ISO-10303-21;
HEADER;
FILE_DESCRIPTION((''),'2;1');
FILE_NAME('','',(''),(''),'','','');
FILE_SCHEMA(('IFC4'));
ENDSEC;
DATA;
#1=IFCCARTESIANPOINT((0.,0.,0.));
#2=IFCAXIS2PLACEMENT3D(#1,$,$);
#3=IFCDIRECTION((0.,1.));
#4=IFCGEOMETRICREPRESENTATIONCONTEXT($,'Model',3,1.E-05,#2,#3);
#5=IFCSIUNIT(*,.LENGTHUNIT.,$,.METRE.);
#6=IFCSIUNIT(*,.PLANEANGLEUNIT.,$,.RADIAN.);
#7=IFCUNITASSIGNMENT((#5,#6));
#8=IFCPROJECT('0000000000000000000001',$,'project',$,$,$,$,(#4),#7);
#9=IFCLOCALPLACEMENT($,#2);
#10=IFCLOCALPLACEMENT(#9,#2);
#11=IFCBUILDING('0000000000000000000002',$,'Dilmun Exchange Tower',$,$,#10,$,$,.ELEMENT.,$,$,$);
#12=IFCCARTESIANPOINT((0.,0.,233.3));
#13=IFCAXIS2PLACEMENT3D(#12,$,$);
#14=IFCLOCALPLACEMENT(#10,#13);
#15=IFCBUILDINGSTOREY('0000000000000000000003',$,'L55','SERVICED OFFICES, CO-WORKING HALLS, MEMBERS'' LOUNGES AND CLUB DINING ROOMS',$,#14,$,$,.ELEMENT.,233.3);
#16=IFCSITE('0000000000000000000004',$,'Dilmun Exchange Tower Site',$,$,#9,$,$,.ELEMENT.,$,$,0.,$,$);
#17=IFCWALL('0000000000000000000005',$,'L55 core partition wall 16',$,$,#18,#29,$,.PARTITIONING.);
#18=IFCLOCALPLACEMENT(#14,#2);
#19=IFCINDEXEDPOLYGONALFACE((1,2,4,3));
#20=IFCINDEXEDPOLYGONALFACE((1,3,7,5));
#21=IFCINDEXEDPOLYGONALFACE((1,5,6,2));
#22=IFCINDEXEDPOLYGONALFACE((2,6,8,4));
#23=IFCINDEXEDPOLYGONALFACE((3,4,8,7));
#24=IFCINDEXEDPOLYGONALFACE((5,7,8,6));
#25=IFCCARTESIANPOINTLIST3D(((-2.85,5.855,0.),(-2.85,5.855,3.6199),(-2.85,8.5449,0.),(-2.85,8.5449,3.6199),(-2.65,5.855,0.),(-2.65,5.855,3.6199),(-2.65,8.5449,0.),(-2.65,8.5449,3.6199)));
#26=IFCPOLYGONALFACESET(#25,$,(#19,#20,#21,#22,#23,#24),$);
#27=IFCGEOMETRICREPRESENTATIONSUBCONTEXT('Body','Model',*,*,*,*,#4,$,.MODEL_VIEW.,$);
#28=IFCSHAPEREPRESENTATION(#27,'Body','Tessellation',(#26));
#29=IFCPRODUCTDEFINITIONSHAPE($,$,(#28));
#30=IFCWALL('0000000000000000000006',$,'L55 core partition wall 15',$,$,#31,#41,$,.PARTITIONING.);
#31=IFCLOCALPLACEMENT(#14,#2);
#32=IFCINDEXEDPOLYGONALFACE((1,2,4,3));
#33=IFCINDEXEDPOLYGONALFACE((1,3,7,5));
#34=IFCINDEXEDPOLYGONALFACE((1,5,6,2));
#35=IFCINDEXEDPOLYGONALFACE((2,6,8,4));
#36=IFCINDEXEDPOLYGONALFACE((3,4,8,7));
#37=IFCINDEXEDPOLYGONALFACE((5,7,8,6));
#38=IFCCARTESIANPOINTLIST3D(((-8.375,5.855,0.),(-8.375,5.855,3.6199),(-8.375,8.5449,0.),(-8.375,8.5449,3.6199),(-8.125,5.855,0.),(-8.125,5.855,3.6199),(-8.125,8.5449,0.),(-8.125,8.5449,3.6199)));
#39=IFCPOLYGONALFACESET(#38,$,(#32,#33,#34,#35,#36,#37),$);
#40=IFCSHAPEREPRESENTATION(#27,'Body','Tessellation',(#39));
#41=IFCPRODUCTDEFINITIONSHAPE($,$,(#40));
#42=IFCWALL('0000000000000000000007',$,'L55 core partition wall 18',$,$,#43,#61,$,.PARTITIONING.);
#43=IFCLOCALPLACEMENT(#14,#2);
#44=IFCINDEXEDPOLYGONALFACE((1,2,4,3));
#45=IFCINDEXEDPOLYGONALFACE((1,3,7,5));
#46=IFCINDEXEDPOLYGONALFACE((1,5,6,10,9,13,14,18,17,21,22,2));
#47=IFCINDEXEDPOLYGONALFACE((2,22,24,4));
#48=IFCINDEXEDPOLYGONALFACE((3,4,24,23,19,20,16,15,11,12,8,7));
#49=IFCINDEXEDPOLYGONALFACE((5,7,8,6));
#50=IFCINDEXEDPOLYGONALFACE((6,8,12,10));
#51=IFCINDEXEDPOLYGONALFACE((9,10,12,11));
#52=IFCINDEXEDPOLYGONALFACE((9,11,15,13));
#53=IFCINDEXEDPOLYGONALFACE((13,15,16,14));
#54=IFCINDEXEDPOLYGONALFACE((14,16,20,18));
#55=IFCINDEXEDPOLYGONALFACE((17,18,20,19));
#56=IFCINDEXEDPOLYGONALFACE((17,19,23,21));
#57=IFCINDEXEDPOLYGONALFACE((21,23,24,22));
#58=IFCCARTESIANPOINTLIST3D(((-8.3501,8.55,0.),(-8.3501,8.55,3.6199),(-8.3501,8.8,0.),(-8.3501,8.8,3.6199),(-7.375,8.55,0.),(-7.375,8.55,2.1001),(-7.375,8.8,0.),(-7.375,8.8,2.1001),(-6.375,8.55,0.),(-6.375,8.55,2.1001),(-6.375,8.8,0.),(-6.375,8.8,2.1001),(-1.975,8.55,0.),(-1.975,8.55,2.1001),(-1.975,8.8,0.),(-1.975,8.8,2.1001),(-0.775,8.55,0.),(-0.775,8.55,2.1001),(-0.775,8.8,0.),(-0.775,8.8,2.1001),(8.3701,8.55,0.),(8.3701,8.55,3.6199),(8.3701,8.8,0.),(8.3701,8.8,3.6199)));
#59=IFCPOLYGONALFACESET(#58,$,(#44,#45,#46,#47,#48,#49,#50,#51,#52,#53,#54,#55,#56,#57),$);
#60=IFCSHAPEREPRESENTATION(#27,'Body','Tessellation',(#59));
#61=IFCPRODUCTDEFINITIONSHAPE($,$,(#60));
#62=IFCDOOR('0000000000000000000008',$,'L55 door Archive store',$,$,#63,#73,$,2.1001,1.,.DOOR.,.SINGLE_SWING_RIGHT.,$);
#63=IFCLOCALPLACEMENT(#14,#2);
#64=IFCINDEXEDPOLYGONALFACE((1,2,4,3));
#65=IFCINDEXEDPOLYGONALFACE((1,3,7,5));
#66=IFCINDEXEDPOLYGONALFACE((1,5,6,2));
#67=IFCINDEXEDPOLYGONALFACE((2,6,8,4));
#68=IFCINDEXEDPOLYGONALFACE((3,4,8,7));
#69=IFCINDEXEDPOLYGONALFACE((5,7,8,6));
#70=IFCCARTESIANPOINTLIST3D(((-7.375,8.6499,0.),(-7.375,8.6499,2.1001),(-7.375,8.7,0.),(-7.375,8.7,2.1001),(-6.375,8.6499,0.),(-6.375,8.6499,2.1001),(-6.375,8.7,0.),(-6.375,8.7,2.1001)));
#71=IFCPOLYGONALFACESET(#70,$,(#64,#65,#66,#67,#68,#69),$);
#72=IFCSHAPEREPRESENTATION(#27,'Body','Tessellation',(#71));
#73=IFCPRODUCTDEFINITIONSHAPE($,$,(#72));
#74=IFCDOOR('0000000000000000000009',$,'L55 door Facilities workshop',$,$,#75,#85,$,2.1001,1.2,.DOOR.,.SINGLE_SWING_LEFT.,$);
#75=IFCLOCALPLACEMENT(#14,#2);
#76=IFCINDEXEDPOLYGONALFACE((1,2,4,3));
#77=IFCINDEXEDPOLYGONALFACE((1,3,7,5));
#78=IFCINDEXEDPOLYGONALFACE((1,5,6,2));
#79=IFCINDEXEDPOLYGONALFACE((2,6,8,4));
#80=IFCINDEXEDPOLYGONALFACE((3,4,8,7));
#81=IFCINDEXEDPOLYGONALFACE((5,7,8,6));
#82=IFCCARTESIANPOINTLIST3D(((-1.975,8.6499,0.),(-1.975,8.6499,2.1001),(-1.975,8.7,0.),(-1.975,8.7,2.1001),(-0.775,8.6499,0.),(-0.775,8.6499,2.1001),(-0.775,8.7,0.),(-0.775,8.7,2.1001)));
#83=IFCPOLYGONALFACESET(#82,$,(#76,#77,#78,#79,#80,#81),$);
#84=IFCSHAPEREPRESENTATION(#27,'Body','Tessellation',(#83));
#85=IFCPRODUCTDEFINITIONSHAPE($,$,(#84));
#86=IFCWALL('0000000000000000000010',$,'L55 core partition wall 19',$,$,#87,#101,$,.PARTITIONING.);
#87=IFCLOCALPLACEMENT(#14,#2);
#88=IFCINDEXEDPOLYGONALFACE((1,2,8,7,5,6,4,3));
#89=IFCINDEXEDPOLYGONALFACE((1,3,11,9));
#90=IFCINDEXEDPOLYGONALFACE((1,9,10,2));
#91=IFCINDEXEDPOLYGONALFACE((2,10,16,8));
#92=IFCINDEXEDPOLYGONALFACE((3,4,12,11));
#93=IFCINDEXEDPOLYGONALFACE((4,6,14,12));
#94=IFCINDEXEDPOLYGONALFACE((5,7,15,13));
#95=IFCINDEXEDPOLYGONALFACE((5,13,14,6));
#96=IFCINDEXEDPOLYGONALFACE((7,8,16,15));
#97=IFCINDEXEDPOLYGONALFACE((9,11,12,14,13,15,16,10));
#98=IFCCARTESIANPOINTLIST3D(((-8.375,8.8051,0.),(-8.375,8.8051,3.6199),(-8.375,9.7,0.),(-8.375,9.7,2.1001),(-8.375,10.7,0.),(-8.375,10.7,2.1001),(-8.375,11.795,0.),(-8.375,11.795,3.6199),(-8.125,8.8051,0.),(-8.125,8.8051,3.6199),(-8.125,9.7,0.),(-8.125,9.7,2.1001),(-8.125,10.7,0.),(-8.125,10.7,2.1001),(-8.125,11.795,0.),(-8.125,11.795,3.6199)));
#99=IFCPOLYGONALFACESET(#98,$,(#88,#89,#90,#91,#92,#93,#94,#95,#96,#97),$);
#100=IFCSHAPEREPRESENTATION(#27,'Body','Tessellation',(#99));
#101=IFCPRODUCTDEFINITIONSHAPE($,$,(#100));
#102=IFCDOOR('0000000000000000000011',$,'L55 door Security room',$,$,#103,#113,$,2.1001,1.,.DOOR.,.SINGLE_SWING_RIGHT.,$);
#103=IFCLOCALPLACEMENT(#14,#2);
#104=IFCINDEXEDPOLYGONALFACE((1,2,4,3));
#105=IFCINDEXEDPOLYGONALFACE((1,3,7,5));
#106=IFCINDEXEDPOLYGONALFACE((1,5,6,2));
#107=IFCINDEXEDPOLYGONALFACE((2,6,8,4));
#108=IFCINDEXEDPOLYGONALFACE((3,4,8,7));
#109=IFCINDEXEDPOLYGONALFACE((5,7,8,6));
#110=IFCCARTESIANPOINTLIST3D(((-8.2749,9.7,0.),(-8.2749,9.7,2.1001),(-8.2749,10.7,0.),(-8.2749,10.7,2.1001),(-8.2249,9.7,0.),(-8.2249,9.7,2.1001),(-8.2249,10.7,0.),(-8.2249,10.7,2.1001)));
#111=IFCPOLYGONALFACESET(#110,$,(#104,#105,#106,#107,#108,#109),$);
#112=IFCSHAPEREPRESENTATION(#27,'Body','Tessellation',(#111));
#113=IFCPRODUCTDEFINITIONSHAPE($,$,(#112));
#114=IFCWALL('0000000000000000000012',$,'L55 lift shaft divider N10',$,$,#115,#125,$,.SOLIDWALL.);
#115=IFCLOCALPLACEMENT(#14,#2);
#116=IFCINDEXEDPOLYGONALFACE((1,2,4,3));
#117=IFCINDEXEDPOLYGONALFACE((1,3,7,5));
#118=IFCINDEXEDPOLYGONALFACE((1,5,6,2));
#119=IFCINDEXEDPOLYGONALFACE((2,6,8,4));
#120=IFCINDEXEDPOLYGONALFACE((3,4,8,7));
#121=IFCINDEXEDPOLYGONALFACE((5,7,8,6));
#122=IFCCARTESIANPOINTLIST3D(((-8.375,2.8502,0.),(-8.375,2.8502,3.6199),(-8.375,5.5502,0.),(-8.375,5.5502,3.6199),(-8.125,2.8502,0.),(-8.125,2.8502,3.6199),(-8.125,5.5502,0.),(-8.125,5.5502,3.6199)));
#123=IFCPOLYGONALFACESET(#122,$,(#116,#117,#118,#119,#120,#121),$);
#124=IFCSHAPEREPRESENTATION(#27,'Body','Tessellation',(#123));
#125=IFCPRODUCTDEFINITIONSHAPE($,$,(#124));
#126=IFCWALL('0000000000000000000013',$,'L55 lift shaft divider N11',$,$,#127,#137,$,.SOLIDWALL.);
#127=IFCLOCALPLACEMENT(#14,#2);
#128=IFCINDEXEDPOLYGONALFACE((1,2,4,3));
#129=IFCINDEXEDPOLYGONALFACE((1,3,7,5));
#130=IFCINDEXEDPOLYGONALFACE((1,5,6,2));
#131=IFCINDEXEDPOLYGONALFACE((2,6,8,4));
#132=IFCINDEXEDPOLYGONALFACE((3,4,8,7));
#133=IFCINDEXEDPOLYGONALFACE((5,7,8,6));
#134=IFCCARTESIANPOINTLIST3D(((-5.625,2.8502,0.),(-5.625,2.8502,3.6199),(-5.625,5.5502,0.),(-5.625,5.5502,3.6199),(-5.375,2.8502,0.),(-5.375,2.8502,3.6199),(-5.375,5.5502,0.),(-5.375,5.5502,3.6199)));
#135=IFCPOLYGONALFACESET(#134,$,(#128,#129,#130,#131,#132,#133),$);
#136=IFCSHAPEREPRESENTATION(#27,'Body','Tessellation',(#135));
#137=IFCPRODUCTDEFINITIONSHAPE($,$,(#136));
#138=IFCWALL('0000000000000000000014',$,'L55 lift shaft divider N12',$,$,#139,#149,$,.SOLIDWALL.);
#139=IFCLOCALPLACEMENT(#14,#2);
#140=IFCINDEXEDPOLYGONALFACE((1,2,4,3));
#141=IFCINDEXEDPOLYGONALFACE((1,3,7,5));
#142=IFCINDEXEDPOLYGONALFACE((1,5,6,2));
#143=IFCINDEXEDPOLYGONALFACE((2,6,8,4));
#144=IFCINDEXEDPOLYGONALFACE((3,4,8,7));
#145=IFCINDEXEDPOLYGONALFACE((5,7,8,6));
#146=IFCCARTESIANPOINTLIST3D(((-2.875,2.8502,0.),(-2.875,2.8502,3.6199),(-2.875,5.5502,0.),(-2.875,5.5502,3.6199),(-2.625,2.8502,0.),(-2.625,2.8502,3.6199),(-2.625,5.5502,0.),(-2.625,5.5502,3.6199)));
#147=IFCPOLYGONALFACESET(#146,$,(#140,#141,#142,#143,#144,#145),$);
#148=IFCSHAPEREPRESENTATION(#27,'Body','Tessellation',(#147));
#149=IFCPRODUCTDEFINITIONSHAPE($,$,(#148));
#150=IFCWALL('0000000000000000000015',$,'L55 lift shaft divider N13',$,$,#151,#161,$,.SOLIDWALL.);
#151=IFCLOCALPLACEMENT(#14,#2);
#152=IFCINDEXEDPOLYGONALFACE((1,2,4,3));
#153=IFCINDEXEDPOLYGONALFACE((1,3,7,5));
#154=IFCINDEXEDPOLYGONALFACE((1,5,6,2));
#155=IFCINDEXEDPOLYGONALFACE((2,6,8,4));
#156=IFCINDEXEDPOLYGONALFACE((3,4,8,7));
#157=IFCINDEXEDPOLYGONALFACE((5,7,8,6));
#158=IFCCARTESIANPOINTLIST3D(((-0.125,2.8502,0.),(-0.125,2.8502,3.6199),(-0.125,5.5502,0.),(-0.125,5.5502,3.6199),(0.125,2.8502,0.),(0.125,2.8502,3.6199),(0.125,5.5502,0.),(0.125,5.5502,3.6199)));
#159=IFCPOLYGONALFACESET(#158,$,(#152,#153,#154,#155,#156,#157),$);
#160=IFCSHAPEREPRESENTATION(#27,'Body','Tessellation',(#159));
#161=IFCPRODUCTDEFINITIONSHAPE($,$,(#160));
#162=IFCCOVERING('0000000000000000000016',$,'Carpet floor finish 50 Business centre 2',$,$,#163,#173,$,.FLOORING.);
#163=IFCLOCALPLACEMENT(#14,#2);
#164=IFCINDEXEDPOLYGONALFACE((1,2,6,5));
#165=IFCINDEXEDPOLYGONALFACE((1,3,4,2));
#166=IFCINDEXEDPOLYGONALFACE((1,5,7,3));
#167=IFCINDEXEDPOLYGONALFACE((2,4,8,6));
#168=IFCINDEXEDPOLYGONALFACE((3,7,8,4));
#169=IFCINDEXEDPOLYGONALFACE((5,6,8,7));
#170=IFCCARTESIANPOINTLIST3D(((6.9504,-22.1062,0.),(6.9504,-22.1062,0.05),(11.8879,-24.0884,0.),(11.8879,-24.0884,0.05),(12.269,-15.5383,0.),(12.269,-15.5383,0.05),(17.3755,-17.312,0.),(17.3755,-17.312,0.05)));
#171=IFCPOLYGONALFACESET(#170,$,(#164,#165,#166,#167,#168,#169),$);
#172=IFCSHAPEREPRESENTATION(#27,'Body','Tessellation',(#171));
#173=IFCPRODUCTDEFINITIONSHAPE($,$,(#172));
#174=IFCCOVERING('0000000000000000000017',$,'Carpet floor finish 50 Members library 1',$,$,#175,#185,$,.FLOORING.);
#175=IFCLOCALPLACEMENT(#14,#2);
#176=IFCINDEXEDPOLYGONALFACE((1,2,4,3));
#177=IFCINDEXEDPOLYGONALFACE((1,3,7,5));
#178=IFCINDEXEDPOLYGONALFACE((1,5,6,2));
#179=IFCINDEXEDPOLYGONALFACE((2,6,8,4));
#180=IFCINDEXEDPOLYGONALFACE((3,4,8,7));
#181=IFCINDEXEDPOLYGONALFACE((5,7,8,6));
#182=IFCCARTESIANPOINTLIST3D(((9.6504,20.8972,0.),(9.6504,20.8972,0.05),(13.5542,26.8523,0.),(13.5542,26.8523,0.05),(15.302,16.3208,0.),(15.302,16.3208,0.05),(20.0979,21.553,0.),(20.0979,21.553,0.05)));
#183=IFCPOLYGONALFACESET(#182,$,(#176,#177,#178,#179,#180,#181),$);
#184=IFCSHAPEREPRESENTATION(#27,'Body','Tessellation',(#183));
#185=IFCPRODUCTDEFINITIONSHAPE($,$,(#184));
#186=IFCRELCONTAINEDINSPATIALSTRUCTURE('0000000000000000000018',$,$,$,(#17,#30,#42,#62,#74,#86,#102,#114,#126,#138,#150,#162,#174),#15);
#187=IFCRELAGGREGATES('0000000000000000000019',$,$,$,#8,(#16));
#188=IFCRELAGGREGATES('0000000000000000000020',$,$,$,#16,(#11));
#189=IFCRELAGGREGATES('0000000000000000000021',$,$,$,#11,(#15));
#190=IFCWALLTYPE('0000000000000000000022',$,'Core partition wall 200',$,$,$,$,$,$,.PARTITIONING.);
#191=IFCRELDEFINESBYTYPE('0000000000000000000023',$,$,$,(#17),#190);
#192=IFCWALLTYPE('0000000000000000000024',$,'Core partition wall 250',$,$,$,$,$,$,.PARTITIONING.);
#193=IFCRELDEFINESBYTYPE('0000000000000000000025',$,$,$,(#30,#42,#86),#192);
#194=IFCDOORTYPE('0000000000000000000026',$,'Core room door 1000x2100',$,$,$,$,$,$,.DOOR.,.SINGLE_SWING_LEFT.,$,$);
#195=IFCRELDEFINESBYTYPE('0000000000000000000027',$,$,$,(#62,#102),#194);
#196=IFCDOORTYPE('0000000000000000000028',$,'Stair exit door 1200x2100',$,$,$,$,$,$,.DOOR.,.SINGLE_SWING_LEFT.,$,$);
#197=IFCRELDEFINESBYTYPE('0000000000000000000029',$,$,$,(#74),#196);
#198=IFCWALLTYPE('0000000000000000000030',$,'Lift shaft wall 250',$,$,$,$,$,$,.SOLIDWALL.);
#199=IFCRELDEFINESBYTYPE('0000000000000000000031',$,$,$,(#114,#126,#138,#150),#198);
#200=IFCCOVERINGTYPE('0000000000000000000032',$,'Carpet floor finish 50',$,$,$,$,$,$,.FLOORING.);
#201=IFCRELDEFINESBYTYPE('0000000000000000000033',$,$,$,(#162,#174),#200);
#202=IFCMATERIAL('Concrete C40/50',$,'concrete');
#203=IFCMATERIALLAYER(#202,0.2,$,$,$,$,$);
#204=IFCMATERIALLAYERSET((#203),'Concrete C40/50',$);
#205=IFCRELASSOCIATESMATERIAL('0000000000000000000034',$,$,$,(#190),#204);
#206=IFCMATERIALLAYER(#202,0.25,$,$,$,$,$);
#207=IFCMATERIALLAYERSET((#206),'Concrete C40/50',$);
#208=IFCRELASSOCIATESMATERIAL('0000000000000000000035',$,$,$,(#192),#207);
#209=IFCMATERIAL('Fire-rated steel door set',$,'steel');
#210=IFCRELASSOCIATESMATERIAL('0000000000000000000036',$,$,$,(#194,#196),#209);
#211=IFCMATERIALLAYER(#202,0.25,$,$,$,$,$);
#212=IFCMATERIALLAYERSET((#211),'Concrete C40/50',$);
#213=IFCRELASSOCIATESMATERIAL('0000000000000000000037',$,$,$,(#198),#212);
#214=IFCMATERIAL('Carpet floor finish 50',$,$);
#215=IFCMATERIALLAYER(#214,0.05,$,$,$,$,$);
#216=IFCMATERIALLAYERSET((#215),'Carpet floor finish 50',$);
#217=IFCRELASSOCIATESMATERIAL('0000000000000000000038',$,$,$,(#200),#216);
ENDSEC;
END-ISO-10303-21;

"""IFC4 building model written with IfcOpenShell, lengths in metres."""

from ifc_helpers import new_model, si_unit, direction, frame, frame_2d, origin, place, context, subcontext, project, spatial, polyline, rectangle, outline, extrude, material, layer, layer_set, type_object, element, fill, save


model = new_model("IFC4")

# Units and contexts
model_context = context("Model", 3, precision=1e-05, world=origin(), true_north=direction((0.0, 1.0)))
body_context = subcontext(model_context, "Body", "Model", "MODEL_VIEW")
ifc_project = project(units=[si_unit("LENGTHUNIT", "METRE"), si_unit("PLANEANGLEUNIT", "RADIAN")], contexts=[model_context])

# Site, building, storey
site_placement = place(None, origin())
site = spatial("IfcSite", under=ifc_project, at=site_placement, Name="Dilmun Exchange Tower Site", CompositionType="ELEMENT", RefElevation=0.0)
building_placement = place(site_placement, origin())
building = spatial("IfcBuilding", under=site, at=building_placement, Name="Dilmun Exchange Tower", CompositionType="ELEMENT")
storey_placement = place(building_placement, frame((0.0, 0.0, 233.3)))
storey = spatial("IfcBuildingStorey", under=building, at=storey_placement, Name="L55", Description="SERVICED OFFICES, CO-WORKING HALLS, MEMBERS' LOUNGES AND CLUB DINING ROOMS", CompositionType="ELEMENT", Elevation=233.3)

# Walls
ifc_material_1 = material(Name="Concrete C40/50", Category="concrete")
ifc_layer_1 = layer(ifc_material_1, 0.2)
ifc_layer_set_1 = layer_set([ifc_layer_1], Name="Concrete C40/50")
wall_type_1 = type_object("IfcWallType", Name="Core partition wall 200", PredefinedType="PARTITIONING", material=ifc_layer_set_1)
wall_1_placement = place(storey_placement, frame((-2.75, 5.855, 0.0), z_axis=(0.0, 0.0, 1.0), x_axis=(0.0, 1.0, 0.0)))
element("IfcWall", 1, at=wall_1_placement, inside=storey, type_object=wall_type_1, Name="L55 core partition wall 16", PredefinedType="PARTITIONING", context=body_context, shape_type="SweptSolid", body=[
    extrude(rectangle(XDim=2.6899, YDim=0.2, at=frame_2d((1.345, 0.0))), origin(), (0.0, 0.0, 1.0), 3.6199),
])
ifc_layer_2 = layer(ifc_material_1, 0.25)
ifc_layer_set_2 = layer_set([ifc_layer_2], Name="Concrete C40/50")
wall_type_2 = type_object("IfcWallType", Name="Core partition wall 250", PredefinedType="PARTITIONING", material=ifc_layer_set_2)
wall_2_placement = place(storey_placement, frame((-8.25, 5.855, 0.0), z_axis=(0.0, 0.0, 1.0), x_axis=(0.0, 1.0, 0.0)))
element("IfcWall", 2, at=wall_2_placement, inside=storey, type_object=wall_type_2, Name="L55 core partition wall 15", PredefinedType="PARTITIONING", context=body_context, shape_type="SweptSolid", body=[
    extrude(rectangle(XDim=2.6899, YDim=0.25, at=frame_2d((1.345, 0.0))), origin(), (0.0, 0.0, 1.0), 3.6199),
])

# Wall, openings, doors
wall_3_placement = place(storey_placement, frame((-8.3501, 8.675, 0.0), z_axis=(0.0, 0.0, 1.0), x_axis=(1.0, 0.0, 0.0)))
wall_3 = element("IfcWall", 3, at=wall_3_placement, inside=storey, type_object=wall_type_2, Name="L55 core partition wall 18", PredefinedType="PARTITIONING", context=body_context, shape_type="SweptSolid", body=[
    extrude(rectangle(XDim=16.7202, YDim=0.25, at=frame_2d((8.3601, 0.0))), origin(), (0.0, 0.0, 1.0), 3.6199),
])
opening_1_placement = place(wall_3_placement, frame((0.9751, 0.0, 0.0)))
opening_1 = element("IfcOpeningElement", 4, at=opening_1_placement, cuts=wall_3, PredefinedType="OPENING", context=body_context, shape_type="SweptSolid", body=[
    extrude(rectangle(XDim=1.0, YDim=2.1001, at=frame_2d((0.5, 1.05))), frame((0.0, 0.135, 0.0), z_axis=(0.0, -1.0, 0.0), x_axis=(1.0, 0.0, 0.0)), (0.0, 0.0, 1.0), 0.27),
])
opening_2_placement = place(wall_3_placement, frame((6.375, 0.0, 0.0)))
opening_2 = element("IfcOpeningElement", 5, at=opening_2_placement, cuts=wall_3, PredefinedType="OPENING", context=body_context, shape_type="SweptSolid", body=[
    extrude(rectangle(XDim=1.2, YDim=2.1001, at=frame_2d((0.6001, 1.05))), frame((0.0, 0.135, 0.0), z_axis=(0.0, -1.0, 0.0), x_axis=(1.0, 0.0, 0.0)), (0.0, 0.0, 1.0), 0.27),
])
ifc_material_2 = material(Name="Fire-rated steel door set", Category="steel")
door_type_1 = type_object("IfcDoorType", Name="Core room door 1000x2100", OperationType="SINGLE_SWING_LEFT", PredefinedType="DOOR", material=ifc_material_2)
door_1_placement = place(opening_1_placement, origin())
door_1 = element("IfcDoor", 6, at=door_1_placement, inside=storey, type_object=door_type_1, Name="L55 door Archive store", OperationType="SINGLE_SWING_RIGHT", OverallHeight=2.1001, OverallWidth=1.0, PredefinedType="DOOR", context=body_context, shape_type="SweptSolid", body=[
    extrude(rectangle(XDim=1.0, YDim=2.1001, at=frame_2d((0.5, 1.05))), frame((0.0, 0.0249, 0.0), z_axis=(0.0, -1.0, 0.0), x_axis=(1.0, 0.0, 0.0)), (0.0, 0.0, 1.0), 0.05),
])
fill(opening_1, door_1)
door_type_2 = type_object("IfcDoorType", Name="Stair exit door 1200x2100", OperationType="SINGLE_SWING_LEFT", PredefinedType="DOOR", material=ifc_material_2)
door_2_placement = place(opening_2_placement, origin())
door_2 = element("IfcDoor", 7, at=door_2_placement, inside=storey, type_object=door_type_2, Name="L55 door Facilities workshop", OperationType="SINGLE_SWING_LEFT", OverallHeight=2.1001, OverallWidth=1.2, PredefinedType="DOOR", context=body_context, shape_type="SweptSolid", body=[
    extrude(rectangle(XDim=1.2, YDim=2.1001, at=frame_2d((0.6001, 1.05))), frame((0.0, 0.0249, 0.0), z_axis=(0.0, -1.0, 0.0), x_axis=(1.0, 0.0, 0.0)), (0.0, 0.0, 1.0), 0.05),
])
fill(opening_2, door_2)

# Wall, opening, door
wall_4_placement = place(storey_placement, frame((-8.25, 8.8049, 0.0), z_axis=(0.0, 0.0, 1.0), x_axis=(0.0, 1.0, 0.0)))
wall_4 = element("IfcWall", 8, at=wall_4_placement, inside=storey, type_object=wall_type_2, Name="L55 core partition wall 19", PredefinedType="PARTITIONING", context=body_context, shape_type="SweptSolid", body=[
    extrude(rectangle(XDim=2.99, YDim=0.25, at=frame_2d((1.4951, 0.0))), origin(), (0.0, 0.0, 1.0), 3.6199),
])
opening_3_placement = place(wall_4_placement, frame((0.895, 0.0, 0.0)))
opening_3 = element("IfcOpeningElement", 9, at=opening_3_placement, cuts=wall_4, PredefinedType="OPENING", context=body_context, shape_type="SweptSolid", body=[
    extrude(rectangle(XDim=1.0, YDim=2.1001, at=frame_2d((0.5, 1.05))), frame((0.0, 0.135, 0.0), z_axis=(0.0, -1.0, 0.0), x_axis=(1.0, 0.0, 0.0)), (0.0, 0.0, 1.0), 0.27),
])
door_3_placement = place(opening_3_placement, origin())
door_3 = element("IfcDoor", 10, at=door_3_placement, inside=storey, type_object=door_type_1, Name="L55 door Security room", OperationType="SINGLE_SWING_RIGHT", OverallHeight=2.1001, OverallWidth=1.0, PredefinedType="DOOR", context=body_context, shape_type="SweptSolid", body=[
    extrude(rectangle(XDim=1.0, YDim=2.1001, at=frame_2d((0.5, 1.05))), frame((0.0, 0.0249, 0.0), z_axis=(0.0, -1.0, 0.0), x_axis=(1.0, 0.0, 0.0)), (0.0, 0.0, 1.0), 0.05),
])
fill(opening_3, door_3)

# Walls
ifc_layer_3 = layer(ifc_material_1, 0.25)
ifc_layer_set_3 = layer_set([ifc_layer_3], Name="Concrete C40/50")
wall_type_3 = type_object("IfcWallType", Name="Lift shaft wall 250", PredefinedType="SOLIDWALL", material=ifc_layer_set_3)
for number, where, z_axis, x_axis, name in (
    (11, (-8.25, 2.8501, 0.0), (0.0, 0.0, 1.0), (0.0, 1.0, 0.0), "L55 lift shaft divider N10"),
    (12, (-5.5, 2.8501, 0.0), (0.0, 0.0, 1.0), (0.0, 1.0, 0.0), "L55 lift shaft divider N11"),
    (13, (-2.75, 2.8501, 0.0), (0.0, 0.0, 1.0), (0.0, 1.0, 0.0), "L55 lift shaft divider N12"),
    (14, (0.0, 2.8501, 0.0), (0.0, 0.0, 1.0), (0.0, 1.0, 0.0), "L55 lift shaft divider N13"),
):
    element("IfcWall", number, at=place(storey_placement, frame(where, z_axis=z_axis, x_axis=x_axis)), inside=storey, type_object=wall_type_3, Name=name, PredefinedType="SOLIDWALL", context=body_context, shape_type="SweptSolid", body=[
        extrude(rectangle(XDim=2.7, YDim=0.25, at=frame_2d((1.3501, 0.0))), origin(), (0.0, 0.0, 1.0), 3.6199),
    ])

# Coverings
ifc_material_3 = material(Name="Carpet floor finish 50")
ifc_layer_4 = layer(ifc_material_3, 0.05)
ifc_layer_set_4 = layer_set([ifc_layer_4], Name="Carpet floor finish 50")
covering_type_1 = type_object("IfcCoveringType", Name="Carpet floor finish 50", PredefinedType="FLOORING", material=ifc_layer_set_4)
covering_1_placement = place(storey_placement, origin())
element("IfcCovering", 15, at=covering_1_placement, inside=storey, type_object=covering_type_1, Name="Carpet floor finish 50 Business centre 2", PredefinedType="FLOORING", context=body_context, shape_type="SweptSolid", body=[
    extrude(outline(polyline([(12.269, -15.5383), (17.3755, -17.312), (11.8879, -24.0884), (6.9504, -22.1062), (12.269, -15.5383)])), origin(), (0.0, 0.0, 1.0), 0.05),
])
covering_2_placement = place(storey_placement, origin())
element("IfcCovering", 16, at=covering_2_placement, inside=storey, type_object=covering_type_1, Name="Carpet floor finish 50 Members library 1", PredefinedType="FLOORING", context=body_context, shape_type="SweptSolid", body=[
    extrude(outline(polyline([(9.6504, 20.8972), (13.5542, 26.8523), (20.0979, 21.553), (15.302, 16.3208), (9.6504, 20.8972)])), origin(), (0.0, 0.0, 1.0), 0.05),
])

save(model, "model.ifc")
